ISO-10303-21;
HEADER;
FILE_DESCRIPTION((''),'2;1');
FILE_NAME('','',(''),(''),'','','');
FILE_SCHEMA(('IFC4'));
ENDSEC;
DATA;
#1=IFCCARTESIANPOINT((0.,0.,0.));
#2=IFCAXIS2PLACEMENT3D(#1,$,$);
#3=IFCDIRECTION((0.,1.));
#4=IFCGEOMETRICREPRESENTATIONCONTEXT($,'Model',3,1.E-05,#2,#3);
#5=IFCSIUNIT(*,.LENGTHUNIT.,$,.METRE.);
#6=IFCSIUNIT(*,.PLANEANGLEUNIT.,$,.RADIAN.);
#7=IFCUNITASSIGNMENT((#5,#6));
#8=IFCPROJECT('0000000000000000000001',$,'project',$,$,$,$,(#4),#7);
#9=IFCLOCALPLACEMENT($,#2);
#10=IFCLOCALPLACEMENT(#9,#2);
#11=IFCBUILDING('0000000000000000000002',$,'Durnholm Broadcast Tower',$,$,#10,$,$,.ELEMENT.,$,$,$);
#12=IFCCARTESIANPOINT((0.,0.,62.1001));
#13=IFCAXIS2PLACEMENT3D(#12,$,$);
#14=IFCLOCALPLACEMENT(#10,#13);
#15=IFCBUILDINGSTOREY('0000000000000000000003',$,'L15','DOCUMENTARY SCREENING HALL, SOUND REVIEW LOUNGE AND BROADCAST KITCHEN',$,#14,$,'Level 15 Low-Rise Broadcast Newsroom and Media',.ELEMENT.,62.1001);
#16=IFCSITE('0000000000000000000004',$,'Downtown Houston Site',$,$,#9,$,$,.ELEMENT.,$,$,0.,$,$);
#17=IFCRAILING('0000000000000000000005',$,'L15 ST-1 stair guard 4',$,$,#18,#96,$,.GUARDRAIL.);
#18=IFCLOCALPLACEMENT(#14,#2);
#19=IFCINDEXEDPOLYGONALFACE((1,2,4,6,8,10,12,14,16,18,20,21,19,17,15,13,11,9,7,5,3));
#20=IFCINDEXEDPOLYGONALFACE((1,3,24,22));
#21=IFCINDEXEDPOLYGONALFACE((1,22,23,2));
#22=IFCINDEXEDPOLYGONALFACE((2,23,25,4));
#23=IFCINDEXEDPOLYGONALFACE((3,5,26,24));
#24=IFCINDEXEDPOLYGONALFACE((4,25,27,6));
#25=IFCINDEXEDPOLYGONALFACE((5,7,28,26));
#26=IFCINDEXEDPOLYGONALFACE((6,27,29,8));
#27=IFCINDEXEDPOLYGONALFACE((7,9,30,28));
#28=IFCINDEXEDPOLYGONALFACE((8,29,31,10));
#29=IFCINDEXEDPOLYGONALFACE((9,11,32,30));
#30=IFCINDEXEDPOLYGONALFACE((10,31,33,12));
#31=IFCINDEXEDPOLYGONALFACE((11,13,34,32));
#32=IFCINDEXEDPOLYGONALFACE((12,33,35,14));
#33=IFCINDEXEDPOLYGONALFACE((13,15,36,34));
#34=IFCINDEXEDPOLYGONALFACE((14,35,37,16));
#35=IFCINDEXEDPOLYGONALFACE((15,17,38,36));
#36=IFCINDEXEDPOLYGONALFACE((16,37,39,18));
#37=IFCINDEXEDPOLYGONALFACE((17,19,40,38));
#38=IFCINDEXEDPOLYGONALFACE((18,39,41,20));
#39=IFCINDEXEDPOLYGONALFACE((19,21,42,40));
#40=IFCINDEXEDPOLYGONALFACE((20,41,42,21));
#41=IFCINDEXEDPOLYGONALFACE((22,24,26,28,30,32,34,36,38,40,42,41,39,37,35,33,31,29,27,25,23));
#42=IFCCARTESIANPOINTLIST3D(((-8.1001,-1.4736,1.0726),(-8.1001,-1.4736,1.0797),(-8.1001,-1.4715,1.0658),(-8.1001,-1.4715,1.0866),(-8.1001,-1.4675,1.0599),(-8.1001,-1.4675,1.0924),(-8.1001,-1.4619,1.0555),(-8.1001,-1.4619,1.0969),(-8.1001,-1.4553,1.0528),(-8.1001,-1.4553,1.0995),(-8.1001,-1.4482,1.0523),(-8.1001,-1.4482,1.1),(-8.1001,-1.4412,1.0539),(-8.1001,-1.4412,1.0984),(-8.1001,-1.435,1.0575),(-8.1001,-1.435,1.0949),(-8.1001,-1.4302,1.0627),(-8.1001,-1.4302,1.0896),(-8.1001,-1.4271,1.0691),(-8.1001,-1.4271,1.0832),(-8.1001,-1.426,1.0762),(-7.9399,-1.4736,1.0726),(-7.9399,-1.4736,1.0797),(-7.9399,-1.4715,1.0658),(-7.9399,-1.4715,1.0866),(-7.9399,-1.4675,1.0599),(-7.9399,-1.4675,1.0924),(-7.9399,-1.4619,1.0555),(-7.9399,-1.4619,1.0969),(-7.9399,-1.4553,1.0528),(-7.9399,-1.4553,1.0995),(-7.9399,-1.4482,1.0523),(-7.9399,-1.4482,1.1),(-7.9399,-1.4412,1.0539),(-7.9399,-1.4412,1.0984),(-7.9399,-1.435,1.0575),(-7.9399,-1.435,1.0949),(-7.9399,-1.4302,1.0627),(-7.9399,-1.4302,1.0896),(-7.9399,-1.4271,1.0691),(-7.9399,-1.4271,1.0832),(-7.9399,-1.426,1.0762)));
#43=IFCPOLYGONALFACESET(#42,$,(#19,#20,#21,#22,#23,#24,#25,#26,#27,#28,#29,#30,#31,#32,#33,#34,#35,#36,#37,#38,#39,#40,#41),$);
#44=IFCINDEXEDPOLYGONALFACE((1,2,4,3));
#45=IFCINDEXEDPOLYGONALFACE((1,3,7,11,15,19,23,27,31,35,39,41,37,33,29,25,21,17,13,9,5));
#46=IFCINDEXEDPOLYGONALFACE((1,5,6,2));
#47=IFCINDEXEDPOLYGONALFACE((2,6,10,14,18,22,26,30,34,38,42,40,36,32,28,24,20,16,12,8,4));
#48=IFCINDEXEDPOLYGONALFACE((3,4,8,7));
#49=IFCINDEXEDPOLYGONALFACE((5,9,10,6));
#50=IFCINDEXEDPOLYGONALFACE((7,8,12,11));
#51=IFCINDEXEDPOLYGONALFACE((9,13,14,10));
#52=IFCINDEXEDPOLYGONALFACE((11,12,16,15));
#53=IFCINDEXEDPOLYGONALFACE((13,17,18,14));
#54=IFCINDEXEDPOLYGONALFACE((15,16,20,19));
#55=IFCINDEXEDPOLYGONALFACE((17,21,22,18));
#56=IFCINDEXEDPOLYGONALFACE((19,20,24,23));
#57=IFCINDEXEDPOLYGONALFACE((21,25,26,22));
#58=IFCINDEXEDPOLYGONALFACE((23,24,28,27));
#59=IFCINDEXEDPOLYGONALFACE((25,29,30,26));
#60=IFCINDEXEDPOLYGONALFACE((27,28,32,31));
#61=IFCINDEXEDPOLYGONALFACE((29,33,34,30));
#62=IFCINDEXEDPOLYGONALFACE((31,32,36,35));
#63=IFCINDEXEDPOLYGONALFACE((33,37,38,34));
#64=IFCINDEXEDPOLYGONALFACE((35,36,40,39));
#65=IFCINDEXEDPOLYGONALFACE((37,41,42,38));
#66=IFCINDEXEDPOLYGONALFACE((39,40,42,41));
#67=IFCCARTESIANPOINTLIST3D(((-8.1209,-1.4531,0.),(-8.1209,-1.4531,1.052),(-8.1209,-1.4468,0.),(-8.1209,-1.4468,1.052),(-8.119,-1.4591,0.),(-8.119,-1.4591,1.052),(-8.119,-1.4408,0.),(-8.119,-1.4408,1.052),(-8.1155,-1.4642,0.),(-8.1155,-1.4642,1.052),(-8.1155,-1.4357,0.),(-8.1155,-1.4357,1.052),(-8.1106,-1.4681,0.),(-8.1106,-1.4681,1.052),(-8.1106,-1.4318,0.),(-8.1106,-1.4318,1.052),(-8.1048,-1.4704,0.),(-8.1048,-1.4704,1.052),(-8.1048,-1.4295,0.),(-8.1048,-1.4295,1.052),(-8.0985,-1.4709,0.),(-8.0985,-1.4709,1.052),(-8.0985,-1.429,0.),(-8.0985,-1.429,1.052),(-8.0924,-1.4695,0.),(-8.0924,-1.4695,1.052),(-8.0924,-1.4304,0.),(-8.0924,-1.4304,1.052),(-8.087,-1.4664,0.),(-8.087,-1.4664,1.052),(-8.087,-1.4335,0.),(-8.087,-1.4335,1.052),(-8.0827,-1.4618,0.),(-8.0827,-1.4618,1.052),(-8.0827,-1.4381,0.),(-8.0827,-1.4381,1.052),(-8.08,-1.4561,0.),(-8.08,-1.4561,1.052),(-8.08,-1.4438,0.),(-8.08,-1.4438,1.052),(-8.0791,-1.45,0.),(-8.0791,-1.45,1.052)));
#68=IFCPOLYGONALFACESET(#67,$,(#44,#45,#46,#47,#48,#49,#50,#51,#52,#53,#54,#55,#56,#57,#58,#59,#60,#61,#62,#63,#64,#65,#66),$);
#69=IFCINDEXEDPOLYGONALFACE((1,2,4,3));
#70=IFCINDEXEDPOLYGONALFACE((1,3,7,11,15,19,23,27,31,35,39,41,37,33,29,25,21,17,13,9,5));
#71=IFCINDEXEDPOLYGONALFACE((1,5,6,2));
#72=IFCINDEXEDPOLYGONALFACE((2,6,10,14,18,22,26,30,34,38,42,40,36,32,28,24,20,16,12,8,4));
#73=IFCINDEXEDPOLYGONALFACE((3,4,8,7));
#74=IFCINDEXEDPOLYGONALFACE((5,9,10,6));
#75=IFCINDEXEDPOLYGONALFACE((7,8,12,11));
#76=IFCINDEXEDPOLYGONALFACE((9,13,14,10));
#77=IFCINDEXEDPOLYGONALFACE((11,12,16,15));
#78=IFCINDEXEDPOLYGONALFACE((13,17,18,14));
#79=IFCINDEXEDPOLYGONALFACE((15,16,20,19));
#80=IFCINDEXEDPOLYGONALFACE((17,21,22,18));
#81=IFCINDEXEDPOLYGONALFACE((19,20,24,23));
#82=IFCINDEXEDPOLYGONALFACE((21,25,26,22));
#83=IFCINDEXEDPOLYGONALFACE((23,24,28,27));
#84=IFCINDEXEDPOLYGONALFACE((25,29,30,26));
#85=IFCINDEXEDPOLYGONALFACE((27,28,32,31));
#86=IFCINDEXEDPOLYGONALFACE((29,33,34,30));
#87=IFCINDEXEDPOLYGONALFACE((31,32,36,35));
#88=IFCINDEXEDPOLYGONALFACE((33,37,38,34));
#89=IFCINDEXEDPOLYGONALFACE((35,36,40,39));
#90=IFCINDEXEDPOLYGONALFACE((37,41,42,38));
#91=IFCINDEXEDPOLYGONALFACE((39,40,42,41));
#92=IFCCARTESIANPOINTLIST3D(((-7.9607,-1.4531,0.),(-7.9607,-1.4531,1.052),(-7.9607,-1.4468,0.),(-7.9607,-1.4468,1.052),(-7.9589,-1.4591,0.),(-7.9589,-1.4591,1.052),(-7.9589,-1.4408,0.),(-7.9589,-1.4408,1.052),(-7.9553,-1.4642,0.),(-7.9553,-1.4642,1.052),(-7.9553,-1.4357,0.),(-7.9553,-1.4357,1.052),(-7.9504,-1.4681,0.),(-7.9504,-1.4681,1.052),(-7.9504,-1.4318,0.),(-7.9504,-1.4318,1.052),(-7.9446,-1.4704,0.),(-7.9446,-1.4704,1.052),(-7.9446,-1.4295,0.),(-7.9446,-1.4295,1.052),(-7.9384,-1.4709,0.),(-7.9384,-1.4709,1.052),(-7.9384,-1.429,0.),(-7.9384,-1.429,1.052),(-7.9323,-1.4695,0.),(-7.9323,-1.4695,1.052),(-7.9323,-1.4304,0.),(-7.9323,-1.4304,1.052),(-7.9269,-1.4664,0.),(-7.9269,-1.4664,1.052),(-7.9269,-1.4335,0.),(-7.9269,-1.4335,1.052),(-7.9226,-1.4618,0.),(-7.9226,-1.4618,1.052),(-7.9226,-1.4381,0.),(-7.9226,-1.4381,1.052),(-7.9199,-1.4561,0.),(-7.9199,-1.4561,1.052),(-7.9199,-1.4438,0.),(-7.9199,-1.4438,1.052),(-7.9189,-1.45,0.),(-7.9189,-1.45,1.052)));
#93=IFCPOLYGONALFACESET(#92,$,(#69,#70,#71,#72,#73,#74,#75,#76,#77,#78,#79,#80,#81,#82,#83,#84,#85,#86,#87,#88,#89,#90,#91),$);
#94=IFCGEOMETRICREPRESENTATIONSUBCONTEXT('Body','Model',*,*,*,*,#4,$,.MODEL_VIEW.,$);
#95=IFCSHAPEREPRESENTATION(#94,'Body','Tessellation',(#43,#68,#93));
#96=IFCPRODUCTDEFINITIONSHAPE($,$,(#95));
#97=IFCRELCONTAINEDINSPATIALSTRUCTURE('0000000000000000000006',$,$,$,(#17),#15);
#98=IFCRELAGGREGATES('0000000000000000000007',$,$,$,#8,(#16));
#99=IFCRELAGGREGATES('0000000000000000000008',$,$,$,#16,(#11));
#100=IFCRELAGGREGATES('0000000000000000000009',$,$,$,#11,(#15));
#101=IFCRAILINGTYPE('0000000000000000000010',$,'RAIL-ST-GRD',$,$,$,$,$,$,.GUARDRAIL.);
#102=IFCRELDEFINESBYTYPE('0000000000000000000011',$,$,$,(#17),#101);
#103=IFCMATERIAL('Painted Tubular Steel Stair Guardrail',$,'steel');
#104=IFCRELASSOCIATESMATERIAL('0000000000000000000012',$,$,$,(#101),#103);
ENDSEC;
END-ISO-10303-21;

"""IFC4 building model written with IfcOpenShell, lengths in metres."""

from ifc_helpers import new_model, si_unit, direction, frame, origin, origin_2d, place, context, subcontext, project, spatial, circle, extrude, material, type_object, element, save


model = new_model("IFC4")

# Units and contexts
model_context = context("Model", 3, precision=1e-05, world=origin(), true_north=direction((0.0, 1.0)))
body_context = subcontext(model_context, "Body", "Model", "MODEL_VIEW")
ifc_project = project(units=[si_unit("LENGTHUNIT", "METRE"), si_unit("PLANEANGLEUNIT", "RADIAN")], contexts=[model_context])

# Site, building, storey
site_placement = place(None, origin())
site = spatial("IfcSite", under=ifc_project, at=site_placement, Name="Downtown Houston Site", CompositionType="ELEMENT", RefElevation=0.0)
building_placement = place(site_placement, origin())
building = spatial("IfcBuilding", under=site, at=building_placement, Name="Durnholm Broadcast Tower", CompositionType="ELEMENT")
storey_placement = place(building_placement, frame((0.0, 0.0, 62.1001)))
storey = spatial("IfcBuildingStorey", under=building, at=storey_placement, Name="L15", Description="DOCUMENTARY SCREENING HALL, SOUND REVIEW LOUNGE AND BROADCAST KITCHEN", LongName="Level 15 Low-Rise Broadcast Newsroom and Media", CompositionType="ELEMENT", Elevation=62.1001)

# Railing
ifc_material_1 = material(Name="Painted Tubular Steel Stair Guardrail", Category="steel")
railing_type_1 = type_object("IfcRailingType", Name="RAIL-ST-GRD", PredefinedType="GUARDRAIL", material=ifc_material_1)
railing_1_placement = place(storey_placement, frame((-8.1001, -1.45, 0.0)))
element("IfcRailing", 1, at=railing_1_placement, inside=storey, type_object=railing_type_1, Name="L15 ST-1 stair guard 4", PredefinedType="GUARDRAIL", context=body_context, shape_type="SweptSolid", body=[
    extrude(circle(Radius=0.0239, at=origin_2d()), frame((0.0, 0.0, 1.0762), z_axis=(1.0, 0.0, 0.0), x_axis=(0.0, 1.0, 0.0)), (0.0, 0.0, 1.0), 0.1602),
    extrude(circle(Radius=0.021, at=origin_2d()), origin(), (0.0, 0.0, 1.0), 1.052),
    extrude(circle(Radius=0.021, at=origin_2d()), frame((0.1602, 0.0, 0.0)), (0.0, 0.0, 1.0), 1.052),
])

save(model, "model.ifc")
